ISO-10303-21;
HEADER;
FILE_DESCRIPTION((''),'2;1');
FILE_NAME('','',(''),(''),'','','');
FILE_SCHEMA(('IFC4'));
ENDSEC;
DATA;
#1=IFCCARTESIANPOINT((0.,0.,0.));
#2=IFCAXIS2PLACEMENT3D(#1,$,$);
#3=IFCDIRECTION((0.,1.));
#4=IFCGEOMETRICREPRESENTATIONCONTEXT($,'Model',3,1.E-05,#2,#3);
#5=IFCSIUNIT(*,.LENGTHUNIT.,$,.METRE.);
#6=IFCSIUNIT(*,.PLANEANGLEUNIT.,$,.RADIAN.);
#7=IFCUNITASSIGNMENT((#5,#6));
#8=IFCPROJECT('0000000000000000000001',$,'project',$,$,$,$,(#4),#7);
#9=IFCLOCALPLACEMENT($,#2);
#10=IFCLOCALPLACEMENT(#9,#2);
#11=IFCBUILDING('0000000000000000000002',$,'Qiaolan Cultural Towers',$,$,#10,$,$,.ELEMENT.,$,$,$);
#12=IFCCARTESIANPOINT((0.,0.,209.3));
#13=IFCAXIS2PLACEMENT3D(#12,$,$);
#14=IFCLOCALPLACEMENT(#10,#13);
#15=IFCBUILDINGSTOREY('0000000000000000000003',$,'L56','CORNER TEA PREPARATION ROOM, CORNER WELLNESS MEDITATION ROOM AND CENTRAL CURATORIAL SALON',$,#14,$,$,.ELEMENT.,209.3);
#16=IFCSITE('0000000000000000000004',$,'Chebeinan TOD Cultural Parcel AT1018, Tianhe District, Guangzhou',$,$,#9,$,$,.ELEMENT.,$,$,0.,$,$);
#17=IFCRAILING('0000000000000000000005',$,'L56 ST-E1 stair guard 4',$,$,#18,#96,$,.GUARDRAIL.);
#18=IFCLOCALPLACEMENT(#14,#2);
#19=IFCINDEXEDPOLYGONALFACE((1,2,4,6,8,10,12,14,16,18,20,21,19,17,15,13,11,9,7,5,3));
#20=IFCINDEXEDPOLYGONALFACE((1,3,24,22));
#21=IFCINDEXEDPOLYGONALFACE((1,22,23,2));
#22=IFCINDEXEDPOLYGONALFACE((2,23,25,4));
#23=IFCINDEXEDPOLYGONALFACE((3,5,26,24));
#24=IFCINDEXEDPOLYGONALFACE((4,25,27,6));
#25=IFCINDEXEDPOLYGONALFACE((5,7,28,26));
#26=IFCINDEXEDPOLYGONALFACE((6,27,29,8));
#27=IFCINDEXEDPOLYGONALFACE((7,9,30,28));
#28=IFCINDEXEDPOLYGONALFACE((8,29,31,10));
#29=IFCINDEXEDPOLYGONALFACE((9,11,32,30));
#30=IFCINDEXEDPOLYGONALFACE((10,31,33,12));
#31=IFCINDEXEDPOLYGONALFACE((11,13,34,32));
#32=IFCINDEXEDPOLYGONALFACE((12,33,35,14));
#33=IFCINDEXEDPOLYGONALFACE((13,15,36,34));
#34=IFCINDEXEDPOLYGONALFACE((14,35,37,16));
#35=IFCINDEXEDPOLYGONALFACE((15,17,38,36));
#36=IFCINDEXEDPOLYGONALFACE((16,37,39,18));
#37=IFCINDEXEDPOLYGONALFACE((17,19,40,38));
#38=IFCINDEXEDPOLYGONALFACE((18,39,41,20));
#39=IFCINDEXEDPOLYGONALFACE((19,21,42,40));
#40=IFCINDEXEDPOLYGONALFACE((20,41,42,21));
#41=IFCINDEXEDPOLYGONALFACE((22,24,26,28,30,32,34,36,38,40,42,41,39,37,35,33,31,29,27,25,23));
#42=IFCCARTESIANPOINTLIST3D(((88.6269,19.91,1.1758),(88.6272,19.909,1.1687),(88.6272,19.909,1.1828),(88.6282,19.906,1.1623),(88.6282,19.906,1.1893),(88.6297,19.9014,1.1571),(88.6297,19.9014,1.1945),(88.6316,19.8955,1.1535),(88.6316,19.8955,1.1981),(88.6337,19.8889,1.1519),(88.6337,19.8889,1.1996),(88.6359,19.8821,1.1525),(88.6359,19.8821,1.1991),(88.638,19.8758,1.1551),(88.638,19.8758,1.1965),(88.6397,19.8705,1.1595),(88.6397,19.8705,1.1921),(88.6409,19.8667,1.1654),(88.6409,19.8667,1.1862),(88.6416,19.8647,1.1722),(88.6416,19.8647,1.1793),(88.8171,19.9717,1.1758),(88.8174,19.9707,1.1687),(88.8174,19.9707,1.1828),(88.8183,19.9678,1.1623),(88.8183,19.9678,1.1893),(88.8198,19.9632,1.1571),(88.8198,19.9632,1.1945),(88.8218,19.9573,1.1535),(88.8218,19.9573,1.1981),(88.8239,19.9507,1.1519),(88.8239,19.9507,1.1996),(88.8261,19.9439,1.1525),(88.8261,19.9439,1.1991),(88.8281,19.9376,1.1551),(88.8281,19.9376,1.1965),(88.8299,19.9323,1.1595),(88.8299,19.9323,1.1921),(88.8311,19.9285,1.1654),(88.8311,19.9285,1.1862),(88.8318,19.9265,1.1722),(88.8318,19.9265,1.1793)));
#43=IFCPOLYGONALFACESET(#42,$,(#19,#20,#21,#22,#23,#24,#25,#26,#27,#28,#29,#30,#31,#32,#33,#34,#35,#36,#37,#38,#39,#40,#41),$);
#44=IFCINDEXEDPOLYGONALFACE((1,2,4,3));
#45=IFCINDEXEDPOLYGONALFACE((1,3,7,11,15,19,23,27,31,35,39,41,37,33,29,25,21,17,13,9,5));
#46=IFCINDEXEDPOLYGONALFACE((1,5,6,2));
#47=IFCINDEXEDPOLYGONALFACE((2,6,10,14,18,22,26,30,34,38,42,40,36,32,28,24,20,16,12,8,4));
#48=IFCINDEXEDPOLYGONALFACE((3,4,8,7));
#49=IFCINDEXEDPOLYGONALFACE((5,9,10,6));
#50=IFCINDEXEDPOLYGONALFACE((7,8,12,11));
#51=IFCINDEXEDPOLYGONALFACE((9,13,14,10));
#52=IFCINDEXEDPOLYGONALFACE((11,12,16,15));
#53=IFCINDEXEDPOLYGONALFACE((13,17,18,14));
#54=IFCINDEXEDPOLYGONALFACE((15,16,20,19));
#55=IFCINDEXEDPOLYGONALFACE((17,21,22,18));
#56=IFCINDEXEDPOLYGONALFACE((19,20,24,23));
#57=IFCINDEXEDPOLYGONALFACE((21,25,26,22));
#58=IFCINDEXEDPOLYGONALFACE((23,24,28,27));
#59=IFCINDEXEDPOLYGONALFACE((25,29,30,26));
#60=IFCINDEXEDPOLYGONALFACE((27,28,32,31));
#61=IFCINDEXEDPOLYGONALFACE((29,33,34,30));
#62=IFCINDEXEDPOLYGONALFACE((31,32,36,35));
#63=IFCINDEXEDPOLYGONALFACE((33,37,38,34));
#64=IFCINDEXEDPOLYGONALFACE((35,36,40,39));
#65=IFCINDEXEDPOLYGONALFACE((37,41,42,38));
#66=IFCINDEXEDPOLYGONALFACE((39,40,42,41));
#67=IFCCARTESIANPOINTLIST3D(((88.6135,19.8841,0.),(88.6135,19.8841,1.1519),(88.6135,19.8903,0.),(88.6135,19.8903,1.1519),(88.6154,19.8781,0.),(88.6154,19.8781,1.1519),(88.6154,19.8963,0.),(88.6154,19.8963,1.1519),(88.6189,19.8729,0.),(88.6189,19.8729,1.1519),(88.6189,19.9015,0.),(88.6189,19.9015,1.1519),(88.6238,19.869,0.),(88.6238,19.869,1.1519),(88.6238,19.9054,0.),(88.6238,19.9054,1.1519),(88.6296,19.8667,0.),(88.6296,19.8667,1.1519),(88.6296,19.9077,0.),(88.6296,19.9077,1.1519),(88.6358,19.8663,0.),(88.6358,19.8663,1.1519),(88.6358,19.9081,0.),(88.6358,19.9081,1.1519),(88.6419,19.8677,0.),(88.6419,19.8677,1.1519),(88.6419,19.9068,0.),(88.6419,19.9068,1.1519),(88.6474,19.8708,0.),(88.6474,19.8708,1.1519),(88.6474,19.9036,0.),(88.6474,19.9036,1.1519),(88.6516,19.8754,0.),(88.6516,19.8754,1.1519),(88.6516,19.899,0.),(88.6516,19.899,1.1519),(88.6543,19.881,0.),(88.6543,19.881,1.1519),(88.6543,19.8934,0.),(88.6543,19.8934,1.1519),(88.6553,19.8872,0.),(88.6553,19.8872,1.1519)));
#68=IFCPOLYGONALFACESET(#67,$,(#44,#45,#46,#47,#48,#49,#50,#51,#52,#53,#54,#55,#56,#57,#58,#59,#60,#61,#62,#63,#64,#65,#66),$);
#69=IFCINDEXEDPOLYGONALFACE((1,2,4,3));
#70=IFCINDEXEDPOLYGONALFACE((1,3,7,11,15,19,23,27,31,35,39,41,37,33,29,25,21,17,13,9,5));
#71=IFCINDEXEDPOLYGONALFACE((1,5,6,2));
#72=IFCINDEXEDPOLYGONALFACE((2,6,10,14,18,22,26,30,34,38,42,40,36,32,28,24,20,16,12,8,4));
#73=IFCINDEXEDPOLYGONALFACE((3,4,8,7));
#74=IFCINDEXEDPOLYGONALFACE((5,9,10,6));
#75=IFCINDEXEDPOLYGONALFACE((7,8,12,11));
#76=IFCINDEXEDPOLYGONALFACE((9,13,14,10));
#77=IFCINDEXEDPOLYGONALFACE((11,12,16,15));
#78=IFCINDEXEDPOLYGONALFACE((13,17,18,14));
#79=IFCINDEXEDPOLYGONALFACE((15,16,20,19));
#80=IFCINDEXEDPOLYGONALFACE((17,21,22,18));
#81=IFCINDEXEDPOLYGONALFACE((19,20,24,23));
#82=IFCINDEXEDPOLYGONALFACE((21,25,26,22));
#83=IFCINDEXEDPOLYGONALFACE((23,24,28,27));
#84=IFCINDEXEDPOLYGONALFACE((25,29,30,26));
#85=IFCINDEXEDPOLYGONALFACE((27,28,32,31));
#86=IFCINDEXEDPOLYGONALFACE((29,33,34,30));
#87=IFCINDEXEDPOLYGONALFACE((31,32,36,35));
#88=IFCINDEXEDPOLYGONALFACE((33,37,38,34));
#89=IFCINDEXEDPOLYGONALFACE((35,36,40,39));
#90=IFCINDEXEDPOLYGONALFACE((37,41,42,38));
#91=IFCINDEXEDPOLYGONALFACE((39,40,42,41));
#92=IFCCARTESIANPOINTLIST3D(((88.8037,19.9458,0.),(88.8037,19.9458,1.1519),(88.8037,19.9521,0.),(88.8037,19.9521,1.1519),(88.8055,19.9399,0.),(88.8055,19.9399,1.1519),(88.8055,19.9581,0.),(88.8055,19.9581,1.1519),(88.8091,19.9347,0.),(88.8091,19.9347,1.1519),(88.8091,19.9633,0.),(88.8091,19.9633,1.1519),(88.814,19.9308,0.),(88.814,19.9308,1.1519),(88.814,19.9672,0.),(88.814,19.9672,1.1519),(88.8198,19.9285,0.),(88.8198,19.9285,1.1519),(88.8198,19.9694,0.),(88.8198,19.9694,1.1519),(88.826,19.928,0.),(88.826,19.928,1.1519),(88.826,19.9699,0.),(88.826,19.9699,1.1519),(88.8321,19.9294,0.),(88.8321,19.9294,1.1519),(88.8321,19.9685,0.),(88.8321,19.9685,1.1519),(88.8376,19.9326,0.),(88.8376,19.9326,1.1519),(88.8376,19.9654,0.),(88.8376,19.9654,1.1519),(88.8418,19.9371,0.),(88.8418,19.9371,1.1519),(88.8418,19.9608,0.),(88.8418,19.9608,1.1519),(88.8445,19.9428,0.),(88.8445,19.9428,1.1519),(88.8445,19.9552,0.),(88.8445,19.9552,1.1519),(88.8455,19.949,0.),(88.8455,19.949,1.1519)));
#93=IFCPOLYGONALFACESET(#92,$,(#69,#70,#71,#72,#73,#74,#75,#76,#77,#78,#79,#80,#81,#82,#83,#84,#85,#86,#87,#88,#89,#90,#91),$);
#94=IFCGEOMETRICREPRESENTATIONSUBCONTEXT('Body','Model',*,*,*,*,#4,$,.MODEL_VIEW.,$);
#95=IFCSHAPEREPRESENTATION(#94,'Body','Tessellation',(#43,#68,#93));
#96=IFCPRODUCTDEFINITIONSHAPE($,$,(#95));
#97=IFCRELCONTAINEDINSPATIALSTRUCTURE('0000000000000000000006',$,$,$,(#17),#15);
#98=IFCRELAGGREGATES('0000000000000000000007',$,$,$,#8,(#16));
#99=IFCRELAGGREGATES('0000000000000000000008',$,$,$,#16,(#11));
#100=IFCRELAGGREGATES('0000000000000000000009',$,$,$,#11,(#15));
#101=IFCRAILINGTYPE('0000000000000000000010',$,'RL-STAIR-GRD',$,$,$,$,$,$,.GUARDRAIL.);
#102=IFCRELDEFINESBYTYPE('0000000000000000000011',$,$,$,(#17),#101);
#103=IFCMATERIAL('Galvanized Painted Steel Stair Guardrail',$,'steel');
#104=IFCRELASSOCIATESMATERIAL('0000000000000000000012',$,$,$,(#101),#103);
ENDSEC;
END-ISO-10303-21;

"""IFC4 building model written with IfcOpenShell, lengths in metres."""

from ifc_helpers import new_model, si_unit, direction, frame, origin, origin_2d, place, context, subcontext, project, spatial, circle, extrude, material, type_object, element, save


model = new_model("IFC4")

# Units and contexts
model_context = context("Model", 3, precision=1e-05, world=origin(), true_north=direction((0.0, 1.0)))
body_context = subcontext(model_context, "Body", "Model", "MODEL_VIEW")
ifc_project = project(units=[si_unit("LENGTHUNIT", "METRE"), si_unit("PLANEANGLEUNIT", "RADIAN")], contexts=[model_context])

# Site, building, storey
site_placement = place(None, origin())
site = spatial("IfcSite", under=ifc_project, at=site_placement, Name="Chebeinan TOD Cultural Parcel AT1018, Tianhe District, Guangzhou", CompositionType="ELEMENT", RefElevation=0.0)
building_placement = place(site_placement, origin())
building = spatial("IfcBuilding", under=site, at=building_placement, Name="Qiaolan Cultural Towers", CompositionType="ELEMENT")
storey_placement = place(building_placement, frame((0.0, 0.0, 209.3)))
storey = spatial("IfcBuildingStorey", under=building, at=storey_placement, Name="L56", Description="CORNER TEA PREPARATION ROOM, CORNER WELLNESS MEDITATION ROOM AND CENTRAL CURATORIAL SALON", CompositionType="ELEMENT", Elevation=209.3)

# Railing
ifc_material_1 = material(Name="Galvanized Painted Steel Stair Guardrail", Category="steel")
railing_type_1 = type_object("IfcRailingType", Name="RL-STAIR-GRD", PredefinedType="GUARDRAIL", material=ifc_material_1)
railing_1_placement = place(storey_placement, frame((88.6343, 19.8872, 0.0)))
element("IfcRailing", 1, at=railing_1_placement, inside=storey, type_object=railing_type_1, Name="L56 ST-E1 stair guard 4", PredefinedType="GUARDRAIL", context=body_context, shape_type="SweptSolid", body=[
    extrude(circle(Radius=0.0239, at=origin_2d()), frame((0.0, 0.0, 1.1758), z_axis=(0.951097, 0.308893, 0.0), x_axis=(-0.308893, 0.951097, 0.0)), (0.0, 0.0, 1.0), 0.2),
    extrude(circle(Radius=0.021, at=origin_2d()), origin(), (0.0, 0.0, 1.0), 1.1519),
    extrude(circle(Radius=0.021, at=origin_2d()), frame((0.1902, 0.0618, 0.0)), (0.0, 0.0, 1.0), 1.1519),
])

save(model, "model.ifc")
